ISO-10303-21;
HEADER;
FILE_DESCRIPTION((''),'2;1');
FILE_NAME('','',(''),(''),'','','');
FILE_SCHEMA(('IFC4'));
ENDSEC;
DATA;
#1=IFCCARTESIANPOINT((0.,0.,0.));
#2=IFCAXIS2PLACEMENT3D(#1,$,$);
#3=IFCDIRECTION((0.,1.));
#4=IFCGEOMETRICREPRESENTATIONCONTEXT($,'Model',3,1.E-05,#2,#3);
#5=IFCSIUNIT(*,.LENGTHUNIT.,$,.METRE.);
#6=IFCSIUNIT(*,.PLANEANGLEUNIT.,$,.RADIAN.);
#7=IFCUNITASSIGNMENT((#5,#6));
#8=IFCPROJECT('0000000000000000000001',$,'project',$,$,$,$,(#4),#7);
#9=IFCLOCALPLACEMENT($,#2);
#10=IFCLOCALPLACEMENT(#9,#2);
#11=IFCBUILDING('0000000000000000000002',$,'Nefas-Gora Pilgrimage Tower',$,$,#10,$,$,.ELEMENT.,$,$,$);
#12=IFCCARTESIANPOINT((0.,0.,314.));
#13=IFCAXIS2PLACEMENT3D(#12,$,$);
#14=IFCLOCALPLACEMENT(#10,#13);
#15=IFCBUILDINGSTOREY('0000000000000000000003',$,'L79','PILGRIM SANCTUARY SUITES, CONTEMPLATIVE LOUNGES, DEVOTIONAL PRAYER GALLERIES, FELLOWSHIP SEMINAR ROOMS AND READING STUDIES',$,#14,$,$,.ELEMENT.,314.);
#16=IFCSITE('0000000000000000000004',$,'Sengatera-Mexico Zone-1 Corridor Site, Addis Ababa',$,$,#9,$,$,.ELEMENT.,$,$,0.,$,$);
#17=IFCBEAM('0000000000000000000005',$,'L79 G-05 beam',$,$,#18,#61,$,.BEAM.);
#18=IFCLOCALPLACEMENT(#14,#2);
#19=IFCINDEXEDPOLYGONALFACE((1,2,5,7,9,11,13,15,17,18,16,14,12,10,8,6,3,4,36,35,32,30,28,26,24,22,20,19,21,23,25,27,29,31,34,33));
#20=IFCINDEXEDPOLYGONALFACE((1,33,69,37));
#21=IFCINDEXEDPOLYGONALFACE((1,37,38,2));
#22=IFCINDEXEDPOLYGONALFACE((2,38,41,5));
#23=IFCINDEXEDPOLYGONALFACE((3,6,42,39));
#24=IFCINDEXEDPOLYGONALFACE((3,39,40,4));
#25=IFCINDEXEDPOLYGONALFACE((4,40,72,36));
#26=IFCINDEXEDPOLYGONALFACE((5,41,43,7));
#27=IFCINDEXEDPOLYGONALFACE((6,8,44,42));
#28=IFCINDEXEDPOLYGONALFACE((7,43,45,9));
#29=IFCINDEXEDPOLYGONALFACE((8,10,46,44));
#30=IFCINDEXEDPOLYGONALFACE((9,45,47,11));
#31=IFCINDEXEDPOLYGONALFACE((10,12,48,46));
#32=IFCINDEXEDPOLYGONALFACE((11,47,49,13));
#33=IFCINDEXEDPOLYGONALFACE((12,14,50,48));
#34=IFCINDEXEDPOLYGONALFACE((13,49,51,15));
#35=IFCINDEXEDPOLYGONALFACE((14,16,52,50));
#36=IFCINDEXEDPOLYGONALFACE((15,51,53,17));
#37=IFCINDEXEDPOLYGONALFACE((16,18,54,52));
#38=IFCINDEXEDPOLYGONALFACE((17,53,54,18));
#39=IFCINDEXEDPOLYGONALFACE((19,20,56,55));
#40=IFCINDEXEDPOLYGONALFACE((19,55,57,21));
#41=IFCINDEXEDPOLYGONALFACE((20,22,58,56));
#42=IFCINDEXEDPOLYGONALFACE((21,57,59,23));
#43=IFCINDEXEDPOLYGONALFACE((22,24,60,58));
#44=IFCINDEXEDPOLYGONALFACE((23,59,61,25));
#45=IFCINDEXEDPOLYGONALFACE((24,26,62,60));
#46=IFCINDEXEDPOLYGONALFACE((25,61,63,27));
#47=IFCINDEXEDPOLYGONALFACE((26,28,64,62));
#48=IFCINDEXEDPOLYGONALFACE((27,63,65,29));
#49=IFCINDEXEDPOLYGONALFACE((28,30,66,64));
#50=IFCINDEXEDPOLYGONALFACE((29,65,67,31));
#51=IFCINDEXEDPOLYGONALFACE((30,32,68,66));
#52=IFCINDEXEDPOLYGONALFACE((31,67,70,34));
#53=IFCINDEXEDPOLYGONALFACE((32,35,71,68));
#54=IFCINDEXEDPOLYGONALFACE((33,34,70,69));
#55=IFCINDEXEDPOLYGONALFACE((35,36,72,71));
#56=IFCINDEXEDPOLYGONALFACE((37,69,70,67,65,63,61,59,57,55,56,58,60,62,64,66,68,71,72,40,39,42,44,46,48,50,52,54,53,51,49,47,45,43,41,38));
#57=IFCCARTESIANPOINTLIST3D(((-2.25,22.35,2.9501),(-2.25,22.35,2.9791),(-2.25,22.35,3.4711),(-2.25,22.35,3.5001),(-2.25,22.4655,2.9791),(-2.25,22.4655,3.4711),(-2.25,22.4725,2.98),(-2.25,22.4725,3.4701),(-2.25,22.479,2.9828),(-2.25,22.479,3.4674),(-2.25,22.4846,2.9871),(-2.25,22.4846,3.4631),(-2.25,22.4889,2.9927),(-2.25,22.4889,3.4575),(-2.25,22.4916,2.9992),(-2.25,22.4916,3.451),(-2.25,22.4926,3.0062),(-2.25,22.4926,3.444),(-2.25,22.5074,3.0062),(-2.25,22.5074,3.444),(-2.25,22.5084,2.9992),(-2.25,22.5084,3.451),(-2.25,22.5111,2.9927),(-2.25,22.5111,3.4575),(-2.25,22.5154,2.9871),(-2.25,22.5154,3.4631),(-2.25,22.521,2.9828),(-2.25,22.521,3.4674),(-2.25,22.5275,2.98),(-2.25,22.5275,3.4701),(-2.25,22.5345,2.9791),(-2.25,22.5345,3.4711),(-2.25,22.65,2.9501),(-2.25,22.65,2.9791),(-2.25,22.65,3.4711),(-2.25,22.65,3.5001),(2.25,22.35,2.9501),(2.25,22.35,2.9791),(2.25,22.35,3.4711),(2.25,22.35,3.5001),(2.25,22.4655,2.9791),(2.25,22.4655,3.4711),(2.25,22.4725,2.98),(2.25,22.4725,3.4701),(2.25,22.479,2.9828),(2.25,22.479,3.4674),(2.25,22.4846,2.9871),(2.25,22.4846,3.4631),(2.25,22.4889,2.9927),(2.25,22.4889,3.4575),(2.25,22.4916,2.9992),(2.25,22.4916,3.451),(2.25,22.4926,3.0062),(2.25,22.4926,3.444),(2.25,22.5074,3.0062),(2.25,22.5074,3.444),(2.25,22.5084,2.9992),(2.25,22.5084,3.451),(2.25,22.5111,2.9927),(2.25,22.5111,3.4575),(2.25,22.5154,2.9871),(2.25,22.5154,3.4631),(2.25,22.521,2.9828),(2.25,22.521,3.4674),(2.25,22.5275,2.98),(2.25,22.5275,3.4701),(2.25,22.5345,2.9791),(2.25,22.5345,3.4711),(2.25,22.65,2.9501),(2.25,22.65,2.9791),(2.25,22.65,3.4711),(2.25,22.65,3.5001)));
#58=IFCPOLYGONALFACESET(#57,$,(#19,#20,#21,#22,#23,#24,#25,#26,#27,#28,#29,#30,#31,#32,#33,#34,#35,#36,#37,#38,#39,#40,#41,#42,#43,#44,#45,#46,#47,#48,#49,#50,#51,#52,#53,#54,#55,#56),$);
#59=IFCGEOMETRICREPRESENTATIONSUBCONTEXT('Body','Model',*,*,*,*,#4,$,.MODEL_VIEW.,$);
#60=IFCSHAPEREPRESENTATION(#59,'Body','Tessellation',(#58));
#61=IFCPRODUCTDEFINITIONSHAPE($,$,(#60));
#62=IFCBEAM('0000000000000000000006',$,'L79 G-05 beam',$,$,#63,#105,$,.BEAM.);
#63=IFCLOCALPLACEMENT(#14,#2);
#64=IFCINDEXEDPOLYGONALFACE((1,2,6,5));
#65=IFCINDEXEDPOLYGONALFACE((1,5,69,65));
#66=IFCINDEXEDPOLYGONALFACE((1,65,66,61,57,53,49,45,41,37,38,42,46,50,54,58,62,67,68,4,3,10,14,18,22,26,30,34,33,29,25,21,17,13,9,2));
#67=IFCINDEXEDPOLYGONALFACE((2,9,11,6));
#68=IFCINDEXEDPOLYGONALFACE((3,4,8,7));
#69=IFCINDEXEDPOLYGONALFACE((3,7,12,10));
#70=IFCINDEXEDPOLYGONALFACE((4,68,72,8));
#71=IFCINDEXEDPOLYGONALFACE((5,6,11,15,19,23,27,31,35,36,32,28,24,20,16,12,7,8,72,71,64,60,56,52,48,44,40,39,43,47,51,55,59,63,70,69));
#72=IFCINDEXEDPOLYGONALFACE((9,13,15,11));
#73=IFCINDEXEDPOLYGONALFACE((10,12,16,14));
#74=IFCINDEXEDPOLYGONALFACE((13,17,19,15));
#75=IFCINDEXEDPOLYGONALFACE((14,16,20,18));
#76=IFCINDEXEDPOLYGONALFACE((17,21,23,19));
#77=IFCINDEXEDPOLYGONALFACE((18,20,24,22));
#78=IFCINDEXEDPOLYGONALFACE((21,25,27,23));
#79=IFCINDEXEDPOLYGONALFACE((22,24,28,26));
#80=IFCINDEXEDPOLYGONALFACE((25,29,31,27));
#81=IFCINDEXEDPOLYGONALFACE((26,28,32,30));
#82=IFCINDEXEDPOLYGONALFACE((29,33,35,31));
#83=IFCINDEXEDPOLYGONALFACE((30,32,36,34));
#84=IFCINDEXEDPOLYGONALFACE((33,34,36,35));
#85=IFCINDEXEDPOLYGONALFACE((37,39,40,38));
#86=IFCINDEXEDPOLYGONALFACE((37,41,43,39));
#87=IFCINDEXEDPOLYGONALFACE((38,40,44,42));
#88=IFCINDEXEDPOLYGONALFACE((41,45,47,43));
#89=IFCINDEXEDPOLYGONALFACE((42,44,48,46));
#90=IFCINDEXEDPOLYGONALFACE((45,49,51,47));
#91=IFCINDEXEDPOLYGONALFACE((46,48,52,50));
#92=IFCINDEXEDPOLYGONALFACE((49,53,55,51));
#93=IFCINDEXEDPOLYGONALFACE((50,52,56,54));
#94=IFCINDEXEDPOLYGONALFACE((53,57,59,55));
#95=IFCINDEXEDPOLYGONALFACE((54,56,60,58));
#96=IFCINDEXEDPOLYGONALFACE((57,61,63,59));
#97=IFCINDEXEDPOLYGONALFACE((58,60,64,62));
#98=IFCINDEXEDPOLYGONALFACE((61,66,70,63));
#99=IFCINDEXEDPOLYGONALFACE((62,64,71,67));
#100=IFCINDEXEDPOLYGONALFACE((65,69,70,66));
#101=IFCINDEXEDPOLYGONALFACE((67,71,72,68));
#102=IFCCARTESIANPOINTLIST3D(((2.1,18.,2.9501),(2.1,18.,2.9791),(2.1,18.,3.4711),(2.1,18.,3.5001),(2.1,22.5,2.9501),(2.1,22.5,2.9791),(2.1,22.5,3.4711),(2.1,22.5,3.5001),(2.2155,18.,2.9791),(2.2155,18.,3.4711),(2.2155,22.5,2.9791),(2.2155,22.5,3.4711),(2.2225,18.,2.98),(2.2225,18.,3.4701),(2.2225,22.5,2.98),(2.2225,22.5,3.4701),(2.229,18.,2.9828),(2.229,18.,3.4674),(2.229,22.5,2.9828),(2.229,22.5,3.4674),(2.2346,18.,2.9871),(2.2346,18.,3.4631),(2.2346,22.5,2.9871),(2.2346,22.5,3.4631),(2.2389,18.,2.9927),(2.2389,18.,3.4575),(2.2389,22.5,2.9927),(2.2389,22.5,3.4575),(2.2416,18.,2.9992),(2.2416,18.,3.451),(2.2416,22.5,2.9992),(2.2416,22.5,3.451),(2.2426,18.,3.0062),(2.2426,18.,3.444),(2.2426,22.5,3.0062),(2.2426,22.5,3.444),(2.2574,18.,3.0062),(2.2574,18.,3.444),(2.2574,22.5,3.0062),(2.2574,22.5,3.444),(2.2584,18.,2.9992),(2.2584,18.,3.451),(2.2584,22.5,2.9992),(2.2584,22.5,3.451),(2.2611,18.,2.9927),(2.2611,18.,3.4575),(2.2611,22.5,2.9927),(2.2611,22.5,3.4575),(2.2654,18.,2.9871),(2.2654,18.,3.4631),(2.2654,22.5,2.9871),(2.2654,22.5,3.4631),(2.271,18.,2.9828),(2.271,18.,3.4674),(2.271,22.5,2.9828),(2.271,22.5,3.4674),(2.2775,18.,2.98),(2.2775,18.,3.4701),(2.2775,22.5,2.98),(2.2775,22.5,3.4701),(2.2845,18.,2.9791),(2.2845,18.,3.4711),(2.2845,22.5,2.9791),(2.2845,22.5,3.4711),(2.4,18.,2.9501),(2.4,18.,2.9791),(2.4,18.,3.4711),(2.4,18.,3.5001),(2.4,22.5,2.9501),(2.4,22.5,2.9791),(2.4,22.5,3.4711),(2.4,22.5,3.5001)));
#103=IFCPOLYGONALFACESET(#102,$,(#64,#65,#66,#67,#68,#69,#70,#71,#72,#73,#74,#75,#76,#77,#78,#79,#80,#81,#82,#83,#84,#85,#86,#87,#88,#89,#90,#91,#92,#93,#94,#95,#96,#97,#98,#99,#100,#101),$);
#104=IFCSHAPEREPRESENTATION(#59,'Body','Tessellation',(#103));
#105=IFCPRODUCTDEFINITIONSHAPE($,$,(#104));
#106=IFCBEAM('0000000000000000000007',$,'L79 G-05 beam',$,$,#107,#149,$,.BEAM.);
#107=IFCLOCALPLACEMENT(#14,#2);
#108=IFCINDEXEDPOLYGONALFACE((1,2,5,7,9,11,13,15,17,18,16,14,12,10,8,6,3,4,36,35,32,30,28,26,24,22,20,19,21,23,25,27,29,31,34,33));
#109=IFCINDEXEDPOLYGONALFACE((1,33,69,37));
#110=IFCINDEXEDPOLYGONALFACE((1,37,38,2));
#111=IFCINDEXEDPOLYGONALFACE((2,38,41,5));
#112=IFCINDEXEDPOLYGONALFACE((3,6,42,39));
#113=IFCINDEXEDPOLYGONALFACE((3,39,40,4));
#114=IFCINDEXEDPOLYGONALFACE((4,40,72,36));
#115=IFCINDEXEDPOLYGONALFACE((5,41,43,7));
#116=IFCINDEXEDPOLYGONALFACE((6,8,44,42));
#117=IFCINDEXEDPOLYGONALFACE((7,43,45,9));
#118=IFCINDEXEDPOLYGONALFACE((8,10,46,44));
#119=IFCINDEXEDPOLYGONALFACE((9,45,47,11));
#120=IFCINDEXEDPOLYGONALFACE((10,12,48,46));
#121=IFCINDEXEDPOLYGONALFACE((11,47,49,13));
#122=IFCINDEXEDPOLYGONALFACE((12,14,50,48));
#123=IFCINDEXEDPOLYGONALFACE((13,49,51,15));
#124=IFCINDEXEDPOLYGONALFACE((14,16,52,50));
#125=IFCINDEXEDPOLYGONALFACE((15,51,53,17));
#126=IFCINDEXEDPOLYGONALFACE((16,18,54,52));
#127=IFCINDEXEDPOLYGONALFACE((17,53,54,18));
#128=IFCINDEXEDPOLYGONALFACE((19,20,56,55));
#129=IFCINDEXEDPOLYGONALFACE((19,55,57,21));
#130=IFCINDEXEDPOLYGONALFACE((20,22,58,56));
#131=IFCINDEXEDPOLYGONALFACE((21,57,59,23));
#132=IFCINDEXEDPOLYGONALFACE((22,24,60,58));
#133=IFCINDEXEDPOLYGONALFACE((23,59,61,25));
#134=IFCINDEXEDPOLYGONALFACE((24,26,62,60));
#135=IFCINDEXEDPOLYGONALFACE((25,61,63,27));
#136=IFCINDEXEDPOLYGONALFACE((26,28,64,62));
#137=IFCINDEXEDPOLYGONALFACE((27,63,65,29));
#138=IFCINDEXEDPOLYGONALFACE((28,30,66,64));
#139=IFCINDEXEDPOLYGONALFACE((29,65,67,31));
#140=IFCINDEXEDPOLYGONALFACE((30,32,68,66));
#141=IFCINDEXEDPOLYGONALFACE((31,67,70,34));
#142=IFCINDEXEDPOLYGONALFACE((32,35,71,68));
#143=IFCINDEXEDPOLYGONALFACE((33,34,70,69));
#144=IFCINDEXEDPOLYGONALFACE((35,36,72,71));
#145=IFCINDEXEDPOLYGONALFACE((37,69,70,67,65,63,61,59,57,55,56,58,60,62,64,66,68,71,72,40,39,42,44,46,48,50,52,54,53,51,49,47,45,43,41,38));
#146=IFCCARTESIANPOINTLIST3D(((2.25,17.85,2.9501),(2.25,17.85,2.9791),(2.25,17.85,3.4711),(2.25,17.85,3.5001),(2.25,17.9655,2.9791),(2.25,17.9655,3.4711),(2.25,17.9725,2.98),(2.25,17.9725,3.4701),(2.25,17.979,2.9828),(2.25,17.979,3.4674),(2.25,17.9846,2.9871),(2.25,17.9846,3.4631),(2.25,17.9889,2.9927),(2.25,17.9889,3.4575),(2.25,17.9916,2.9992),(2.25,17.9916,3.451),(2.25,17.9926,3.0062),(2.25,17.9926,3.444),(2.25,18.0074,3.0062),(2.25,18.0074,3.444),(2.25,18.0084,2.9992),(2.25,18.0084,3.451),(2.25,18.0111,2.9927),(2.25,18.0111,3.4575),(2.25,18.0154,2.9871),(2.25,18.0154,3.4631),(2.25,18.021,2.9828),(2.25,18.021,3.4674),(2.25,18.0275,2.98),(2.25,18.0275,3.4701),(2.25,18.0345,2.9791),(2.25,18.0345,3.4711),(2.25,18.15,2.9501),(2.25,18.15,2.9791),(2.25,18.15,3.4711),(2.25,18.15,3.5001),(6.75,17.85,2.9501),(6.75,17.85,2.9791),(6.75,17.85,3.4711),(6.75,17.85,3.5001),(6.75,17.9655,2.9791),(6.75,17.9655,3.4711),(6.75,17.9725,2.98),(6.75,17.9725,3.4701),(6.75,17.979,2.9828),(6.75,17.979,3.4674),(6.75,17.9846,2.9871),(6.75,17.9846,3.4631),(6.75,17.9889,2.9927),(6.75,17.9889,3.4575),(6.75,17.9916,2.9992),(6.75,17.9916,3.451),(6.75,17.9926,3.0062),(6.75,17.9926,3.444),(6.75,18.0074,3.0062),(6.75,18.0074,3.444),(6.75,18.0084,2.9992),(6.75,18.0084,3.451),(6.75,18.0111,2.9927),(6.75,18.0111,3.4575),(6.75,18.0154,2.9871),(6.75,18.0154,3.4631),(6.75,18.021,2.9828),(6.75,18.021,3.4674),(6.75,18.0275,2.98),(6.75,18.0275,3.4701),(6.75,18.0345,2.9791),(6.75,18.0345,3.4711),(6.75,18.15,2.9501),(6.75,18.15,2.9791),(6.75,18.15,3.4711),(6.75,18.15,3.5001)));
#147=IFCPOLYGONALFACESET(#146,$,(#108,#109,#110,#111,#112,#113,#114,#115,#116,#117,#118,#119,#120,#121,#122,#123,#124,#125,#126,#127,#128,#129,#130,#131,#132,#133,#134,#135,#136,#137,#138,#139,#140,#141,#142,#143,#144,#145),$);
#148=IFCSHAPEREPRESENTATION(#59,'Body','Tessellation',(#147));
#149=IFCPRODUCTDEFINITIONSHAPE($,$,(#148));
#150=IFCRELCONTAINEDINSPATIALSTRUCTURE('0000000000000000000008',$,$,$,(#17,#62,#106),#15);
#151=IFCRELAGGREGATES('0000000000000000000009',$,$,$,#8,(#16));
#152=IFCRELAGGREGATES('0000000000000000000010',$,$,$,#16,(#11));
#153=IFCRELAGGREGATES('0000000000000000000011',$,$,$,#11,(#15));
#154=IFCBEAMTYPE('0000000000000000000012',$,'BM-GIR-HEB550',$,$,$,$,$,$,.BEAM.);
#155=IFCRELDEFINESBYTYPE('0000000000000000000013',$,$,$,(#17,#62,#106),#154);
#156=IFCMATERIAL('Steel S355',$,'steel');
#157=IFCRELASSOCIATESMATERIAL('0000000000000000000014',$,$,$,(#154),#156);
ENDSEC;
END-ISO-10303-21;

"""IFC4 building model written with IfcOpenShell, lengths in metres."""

from ifc_helpers import new_model, si_unit, direction, frame, origin, origin_2d, place, context, subcontext, project, spatial, i_section, extrude, source, transform, mapped, material, material_profile, profile_set, type_object, element, save


model = new_model("IFC4")

# Units and contexts
model_context = context("Model", 3, precision=1e-05, world=origin(), true_north=direction((0.0, 1.0)))
body_context = subcontext(model_context, "Body", "Model", "MODEL_VIEW")
ifc_project = project(units=[si_unit("LENGTHUNIT", "METRE"), si_unit("PLANEANGLEUNIT", "RADIAN")], contexts=[model_context])

# Site, building, storey
site_placement = place(None, origin())
site = spatial("IfcSite", under=ifc_project, at=site_placement, Name="Sengatera-Mexico Zone-1 Corridor Site, Addis Ababa", CompositionType="ELEMENT", RefElevation=0.0)
building_placement = place(site_placement, origin())
building = spatial("IfcBuilding", under=site, at=building_placement, Name="Nefas-Gora Pilgrimage Tower", CompositionType="ELEMENT")
storey_placement = place(building_placement, frame((0.0, 0.0, 314.0)))
storey = spatial("IfcBuildingStorey", under=building, at=storey_placement, Name="L79", Description="PILGRIM SANCTUARY SUITES, CONTEMPLATIVE LOUNGES, DEVOTIONAL PRAYER GALLERIES, FELLOWSHIP SEMINAR ROOMS AND READING STUDIES", CompositionType="ELEMENT", Elevation=314.0)

# Shared definitions
ifc_material_1 = material(Name="Steel S355", Category="steel")

# Beams
ifc_material_profile_1 = material_profile(ifc_material_1, i_section(OverallWidth=0.3, OverallDepth=0.55, WebThickness=0.0149, FlangeThickness=0.0291, FilletRadius=0.0271, at=origin_2d()), Name="HEB 550")
ifc_profile_set_1 = profile_set([ifc_material_profile_1], Name="Steel S355")
beam_type = type_object("IfcBeamType", Name="BM-GIR-HEB550", PredefinedType="BEAM", material=ifc_profile_set_1)
shared_shape_1 = source(origin(), body_context, "Body", "SweptSolid", [
    extrude(i_section(OverallWidth=0.3, OverallDepth=0.55, WebThickness=0.0149, FlangeThickness=0.0291, FilletRadius=0.0271, at=origin_2d()), origin(), (0.0, 0.0, 1.0), 4.5),
])
for number, where, z_axis, x_axis, name in (
    (1, (-2.25, 22.5, 3.2251), (1.0, 0.0, 0.0), (0.0, 1.0, 0.0), "L79 G-05 beam"),
    (2, (2.25, 18.0, 3.2251), (0.0, 1.0, 0.0), (-1.0, 0.0, 0.0), "L79 G-05 beam"),
    (3, (2.25, 18.0, 3.2251), (1.0, 0.0, 0.0), (0.0, 1.0, 0.0), "L79 G-05 beam"),
):
    element("IfcBeam", number, at=place(storey_placement, frame(where, z_axis=z_axis, x_axis=x_axis)), inside=storey, type_object=beam_type, Name=name, PredefinedType="BEAM", context=body_context, shape_type="MappedRepresentation", body=[
        mapped(shared_shape_1, transform((0.0, 0.0, 0.0), x_axis=(1.0, 0.0, 0.0), y_axis=(0.0, 1.0, 0.0), z_axis=(0.0, 0.0, 1.0), scale=1.0)),
    ])

save(model, "model.ifc")
